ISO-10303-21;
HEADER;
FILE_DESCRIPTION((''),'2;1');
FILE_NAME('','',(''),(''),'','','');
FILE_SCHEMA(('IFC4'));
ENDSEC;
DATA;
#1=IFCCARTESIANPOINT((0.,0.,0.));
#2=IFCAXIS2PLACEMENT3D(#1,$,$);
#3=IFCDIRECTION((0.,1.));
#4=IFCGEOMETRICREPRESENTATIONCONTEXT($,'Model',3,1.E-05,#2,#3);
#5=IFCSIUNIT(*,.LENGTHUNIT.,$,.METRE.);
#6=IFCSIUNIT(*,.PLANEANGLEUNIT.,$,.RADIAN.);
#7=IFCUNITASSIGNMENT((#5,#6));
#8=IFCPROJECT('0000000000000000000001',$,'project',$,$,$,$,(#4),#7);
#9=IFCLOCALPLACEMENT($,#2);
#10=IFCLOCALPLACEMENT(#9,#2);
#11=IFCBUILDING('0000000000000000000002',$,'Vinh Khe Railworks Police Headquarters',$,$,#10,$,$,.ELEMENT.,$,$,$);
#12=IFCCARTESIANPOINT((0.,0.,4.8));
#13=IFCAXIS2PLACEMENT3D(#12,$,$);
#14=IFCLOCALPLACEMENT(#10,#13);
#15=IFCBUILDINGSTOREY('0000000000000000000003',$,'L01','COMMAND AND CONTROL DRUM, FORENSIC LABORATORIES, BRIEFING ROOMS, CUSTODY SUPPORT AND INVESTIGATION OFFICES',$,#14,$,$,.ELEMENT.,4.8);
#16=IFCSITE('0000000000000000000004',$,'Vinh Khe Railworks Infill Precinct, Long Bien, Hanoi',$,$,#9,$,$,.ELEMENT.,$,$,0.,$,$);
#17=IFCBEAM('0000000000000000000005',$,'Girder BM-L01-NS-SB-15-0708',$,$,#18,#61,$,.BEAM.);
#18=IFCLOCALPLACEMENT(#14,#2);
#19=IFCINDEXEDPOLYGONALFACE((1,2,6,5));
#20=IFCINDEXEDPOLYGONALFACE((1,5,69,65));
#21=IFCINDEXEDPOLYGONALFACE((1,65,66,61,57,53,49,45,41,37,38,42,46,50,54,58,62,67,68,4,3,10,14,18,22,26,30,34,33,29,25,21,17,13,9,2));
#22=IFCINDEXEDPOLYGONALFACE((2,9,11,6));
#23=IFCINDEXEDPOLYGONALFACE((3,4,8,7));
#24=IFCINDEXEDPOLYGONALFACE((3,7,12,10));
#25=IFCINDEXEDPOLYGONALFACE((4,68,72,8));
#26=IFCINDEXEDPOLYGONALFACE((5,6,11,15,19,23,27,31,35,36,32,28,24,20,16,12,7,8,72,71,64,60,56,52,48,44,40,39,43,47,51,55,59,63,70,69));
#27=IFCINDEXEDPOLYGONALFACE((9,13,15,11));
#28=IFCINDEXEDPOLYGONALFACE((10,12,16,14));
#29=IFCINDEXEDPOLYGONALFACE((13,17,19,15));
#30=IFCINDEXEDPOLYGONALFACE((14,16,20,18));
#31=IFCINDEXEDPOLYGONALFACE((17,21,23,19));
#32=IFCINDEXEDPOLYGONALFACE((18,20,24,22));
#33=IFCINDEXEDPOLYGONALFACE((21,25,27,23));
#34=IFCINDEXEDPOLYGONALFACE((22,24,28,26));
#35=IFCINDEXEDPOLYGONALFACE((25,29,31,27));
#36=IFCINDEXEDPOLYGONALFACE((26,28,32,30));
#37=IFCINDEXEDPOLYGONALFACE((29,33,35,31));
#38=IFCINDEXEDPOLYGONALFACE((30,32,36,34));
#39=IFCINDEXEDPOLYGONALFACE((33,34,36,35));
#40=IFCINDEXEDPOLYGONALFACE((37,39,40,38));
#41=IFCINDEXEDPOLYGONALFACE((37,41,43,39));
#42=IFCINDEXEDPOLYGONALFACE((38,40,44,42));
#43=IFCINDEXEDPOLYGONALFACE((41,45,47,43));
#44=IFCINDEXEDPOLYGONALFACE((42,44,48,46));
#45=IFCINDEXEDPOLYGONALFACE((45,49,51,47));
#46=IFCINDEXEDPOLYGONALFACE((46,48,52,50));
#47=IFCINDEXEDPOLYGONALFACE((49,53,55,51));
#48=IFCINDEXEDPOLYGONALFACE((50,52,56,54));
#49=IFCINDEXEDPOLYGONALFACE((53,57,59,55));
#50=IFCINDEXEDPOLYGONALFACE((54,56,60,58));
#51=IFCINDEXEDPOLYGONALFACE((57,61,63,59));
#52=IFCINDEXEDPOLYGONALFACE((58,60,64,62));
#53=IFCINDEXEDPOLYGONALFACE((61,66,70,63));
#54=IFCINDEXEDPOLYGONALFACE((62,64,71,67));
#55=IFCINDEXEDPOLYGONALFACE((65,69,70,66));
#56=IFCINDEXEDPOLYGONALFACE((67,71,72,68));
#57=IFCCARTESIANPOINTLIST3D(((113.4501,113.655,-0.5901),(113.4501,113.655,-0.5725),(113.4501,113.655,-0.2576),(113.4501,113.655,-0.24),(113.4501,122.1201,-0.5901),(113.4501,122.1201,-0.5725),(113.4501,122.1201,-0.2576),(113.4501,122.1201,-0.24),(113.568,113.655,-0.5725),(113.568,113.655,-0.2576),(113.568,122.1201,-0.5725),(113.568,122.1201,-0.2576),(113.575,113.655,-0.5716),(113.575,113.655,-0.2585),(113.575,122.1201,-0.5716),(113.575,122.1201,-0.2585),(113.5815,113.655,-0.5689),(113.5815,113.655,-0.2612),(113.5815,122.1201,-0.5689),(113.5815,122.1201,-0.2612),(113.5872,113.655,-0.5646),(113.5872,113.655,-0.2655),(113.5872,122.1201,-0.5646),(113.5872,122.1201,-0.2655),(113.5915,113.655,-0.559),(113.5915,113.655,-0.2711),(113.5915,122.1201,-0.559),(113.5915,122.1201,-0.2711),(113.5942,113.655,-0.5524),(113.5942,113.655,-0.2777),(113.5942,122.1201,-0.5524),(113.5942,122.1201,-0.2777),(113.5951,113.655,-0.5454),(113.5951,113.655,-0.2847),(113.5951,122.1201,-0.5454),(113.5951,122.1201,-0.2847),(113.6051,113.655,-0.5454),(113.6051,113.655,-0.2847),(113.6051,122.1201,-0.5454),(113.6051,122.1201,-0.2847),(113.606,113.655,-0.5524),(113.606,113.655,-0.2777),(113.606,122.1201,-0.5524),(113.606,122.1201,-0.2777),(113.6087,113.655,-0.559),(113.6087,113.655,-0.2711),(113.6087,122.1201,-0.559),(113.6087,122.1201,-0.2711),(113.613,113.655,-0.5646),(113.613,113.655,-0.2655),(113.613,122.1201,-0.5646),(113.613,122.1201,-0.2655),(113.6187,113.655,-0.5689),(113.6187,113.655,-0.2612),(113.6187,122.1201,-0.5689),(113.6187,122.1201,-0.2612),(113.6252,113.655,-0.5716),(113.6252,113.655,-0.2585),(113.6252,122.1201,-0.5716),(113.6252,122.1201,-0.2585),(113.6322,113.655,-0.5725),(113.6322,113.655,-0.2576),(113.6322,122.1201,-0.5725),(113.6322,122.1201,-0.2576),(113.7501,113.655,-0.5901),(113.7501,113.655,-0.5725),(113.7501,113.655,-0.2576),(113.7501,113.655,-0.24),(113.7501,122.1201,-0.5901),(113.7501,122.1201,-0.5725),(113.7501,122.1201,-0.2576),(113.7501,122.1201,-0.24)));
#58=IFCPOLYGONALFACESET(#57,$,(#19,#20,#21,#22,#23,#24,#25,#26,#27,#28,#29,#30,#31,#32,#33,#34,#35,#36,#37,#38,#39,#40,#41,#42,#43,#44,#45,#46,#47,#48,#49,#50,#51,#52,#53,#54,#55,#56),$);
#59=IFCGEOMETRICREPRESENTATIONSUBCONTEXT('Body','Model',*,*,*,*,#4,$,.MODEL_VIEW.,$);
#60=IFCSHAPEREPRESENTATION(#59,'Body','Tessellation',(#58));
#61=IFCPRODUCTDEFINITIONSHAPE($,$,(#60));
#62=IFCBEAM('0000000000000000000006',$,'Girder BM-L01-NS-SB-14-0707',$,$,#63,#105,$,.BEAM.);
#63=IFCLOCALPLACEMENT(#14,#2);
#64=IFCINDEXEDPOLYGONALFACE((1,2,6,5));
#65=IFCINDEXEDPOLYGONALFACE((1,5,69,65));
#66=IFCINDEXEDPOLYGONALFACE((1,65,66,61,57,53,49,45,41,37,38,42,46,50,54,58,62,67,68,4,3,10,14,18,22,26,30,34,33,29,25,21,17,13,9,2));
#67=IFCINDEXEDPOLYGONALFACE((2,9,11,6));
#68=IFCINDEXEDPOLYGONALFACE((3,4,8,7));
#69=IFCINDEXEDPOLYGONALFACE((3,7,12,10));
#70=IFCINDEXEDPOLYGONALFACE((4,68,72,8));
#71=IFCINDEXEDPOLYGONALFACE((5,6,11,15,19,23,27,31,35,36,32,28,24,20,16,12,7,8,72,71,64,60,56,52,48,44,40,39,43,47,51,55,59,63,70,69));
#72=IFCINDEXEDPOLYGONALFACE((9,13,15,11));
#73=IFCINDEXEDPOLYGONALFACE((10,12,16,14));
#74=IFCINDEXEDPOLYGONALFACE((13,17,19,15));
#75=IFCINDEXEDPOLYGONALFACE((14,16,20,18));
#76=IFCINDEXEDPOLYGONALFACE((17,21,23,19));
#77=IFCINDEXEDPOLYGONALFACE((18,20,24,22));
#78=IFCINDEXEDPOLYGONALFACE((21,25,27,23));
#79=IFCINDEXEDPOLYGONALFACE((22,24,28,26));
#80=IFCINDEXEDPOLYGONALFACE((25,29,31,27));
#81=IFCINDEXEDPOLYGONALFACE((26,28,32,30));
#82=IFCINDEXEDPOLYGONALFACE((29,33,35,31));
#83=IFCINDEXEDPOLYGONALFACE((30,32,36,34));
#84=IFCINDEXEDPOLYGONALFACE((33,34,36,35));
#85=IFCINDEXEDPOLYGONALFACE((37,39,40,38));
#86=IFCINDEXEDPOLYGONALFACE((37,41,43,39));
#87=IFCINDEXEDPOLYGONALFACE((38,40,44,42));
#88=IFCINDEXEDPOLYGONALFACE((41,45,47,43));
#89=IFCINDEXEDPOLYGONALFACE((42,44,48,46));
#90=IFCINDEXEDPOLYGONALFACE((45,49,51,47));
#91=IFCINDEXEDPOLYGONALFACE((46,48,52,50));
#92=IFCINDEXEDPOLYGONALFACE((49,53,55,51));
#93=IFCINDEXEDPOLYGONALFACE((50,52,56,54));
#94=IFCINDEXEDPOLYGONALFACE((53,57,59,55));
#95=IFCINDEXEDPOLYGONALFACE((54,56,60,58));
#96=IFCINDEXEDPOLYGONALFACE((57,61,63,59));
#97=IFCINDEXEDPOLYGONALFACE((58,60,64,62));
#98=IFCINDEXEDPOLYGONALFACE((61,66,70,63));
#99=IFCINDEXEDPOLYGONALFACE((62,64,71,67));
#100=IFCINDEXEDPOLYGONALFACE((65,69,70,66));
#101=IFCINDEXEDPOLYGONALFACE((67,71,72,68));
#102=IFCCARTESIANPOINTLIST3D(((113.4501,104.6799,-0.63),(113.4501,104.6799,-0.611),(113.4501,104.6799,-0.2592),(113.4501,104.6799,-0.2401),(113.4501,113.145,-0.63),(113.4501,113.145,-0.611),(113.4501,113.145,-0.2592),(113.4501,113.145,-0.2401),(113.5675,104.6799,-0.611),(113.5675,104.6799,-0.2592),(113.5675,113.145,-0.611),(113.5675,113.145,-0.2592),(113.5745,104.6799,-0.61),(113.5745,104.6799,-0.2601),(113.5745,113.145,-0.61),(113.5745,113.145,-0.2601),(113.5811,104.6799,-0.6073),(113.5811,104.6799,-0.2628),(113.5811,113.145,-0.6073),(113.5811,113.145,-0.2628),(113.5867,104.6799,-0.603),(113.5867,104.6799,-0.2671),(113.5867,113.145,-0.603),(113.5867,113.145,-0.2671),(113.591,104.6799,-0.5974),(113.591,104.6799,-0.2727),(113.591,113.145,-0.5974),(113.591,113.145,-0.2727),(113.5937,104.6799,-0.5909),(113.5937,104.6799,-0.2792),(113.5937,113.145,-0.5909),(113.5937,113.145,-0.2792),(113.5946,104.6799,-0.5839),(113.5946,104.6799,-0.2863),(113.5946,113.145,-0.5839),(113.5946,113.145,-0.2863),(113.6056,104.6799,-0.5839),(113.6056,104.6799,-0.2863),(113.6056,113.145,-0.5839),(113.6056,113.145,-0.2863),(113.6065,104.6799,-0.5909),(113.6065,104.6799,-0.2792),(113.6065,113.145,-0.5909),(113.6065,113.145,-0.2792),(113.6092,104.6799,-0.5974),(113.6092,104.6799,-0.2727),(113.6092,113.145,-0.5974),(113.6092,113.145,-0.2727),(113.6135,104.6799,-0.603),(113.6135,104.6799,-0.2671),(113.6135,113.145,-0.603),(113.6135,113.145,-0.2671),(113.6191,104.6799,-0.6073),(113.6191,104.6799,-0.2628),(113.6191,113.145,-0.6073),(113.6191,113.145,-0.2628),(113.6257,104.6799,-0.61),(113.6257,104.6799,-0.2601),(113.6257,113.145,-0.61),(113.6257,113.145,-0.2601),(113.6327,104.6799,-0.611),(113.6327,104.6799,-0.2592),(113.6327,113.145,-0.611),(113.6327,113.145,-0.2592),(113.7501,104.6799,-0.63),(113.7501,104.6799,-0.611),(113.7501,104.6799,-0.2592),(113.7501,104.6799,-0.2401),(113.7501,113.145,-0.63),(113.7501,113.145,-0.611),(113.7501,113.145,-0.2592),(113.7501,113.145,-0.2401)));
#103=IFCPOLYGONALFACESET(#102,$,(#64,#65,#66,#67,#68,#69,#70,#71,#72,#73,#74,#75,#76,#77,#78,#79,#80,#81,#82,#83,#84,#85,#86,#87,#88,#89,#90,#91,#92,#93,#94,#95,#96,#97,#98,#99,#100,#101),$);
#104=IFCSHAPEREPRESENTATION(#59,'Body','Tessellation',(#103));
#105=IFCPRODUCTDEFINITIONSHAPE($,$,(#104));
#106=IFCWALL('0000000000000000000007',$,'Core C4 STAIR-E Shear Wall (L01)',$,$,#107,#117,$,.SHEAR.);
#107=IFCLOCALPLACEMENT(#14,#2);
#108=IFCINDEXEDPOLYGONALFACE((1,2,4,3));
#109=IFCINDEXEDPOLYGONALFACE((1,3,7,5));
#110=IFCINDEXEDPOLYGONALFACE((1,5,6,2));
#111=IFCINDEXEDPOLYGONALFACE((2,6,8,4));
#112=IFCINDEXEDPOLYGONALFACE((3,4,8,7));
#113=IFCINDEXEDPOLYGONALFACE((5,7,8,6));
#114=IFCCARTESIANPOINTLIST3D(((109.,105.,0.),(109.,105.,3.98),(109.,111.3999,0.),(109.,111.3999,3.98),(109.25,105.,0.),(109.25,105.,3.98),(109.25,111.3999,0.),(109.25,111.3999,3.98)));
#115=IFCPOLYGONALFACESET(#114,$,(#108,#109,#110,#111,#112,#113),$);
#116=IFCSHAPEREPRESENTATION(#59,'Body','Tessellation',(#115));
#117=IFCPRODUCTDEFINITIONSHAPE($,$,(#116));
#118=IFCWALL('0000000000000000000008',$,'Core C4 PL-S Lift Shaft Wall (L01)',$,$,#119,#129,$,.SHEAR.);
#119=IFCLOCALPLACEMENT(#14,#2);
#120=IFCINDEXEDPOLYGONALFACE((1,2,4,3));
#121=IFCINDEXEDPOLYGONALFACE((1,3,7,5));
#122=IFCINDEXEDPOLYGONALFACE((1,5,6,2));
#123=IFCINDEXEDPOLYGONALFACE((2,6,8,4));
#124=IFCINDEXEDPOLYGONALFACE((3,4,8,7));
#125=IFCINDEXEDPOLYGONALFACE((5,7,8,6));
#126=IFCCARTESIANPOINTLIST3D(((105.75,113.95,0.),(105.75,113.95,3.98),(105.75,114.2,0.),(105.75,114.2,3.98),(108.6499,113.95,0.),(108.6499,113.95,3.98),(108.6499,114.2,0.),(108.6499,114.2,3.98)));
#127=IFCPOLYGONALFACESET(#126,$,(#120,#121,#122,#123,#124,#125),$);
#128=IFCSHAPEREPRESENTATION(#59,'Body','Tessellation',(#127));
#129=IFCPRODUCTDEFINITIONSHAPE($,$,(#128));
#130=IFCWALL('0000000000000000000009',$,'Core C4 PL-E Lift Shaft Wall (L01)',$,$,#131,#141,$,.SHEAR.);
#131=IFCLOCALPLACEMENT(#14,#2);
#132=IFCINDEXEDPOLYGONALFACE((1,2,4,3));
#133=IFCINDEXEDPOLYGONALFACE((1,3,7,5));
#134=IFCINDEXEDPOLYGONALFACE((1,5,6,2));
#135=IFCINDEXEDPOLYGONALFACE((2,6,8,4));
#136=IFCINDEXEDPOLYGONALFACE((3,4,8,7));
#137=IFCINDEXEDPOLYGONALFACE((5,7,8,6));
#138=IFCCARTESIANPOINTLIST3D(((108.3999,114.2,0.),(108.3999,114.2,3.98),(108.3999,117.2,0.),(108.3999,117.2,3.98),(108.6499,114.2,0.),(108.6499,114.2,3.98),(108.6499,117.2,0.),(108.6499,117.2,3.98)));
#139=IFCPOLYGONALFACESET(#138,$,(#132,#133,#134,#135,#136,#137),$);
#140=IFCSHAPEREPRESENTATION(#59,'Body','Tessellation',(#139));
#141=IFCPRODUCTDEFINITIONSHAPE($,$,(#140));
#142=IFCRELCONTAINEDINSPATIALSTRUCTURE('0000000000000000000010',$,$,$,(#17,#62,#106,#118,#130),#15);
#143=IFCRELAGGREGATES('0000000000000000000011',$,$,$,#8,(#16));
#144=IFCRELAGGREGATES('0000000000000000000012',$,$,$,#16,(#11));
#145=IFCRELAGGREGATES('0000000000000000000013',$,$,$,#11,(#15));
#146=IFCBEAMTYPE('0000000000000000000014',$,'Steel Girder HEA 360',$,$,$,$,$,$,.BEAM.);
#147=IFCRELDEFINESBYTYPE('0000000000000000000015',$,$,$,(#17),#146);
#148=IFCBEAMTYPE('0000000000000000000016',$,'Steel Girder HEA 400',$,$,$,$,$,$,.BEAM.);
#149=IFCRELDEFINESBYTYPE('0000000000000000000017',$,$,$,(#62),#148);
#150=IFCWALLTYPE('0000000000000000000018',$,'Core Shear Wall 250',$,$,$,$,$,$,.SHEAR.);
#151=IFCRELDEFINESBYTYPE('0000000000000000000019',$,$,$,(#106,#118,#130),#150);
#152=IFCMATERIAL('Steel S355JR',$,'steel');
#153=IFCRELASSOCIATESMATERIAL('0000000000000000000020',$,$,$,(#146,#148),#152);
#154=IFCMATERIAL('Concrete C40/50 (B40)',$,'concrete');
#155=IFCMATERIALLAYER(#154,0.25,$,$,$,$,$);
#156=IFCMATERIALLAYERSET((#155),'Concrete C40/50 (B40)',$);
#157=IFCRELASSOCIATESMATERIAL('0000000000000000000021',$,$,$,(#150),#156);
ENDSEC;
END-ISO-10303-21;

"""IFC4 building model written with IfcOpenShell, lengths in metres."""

from ifc_helpers import new_model, si_unit, direction, frame, frame_2d, origin, origin_2d, place, context, subcontext, project, spatial, rectangle, i_section, extrude, material, layer, layer_set, material_profile, profile_set, type_object, element, save


model = new_model("IFC4")

# Units and contexts
model_context = context("Model", 3, precision=1e-05, world=origin(), true_north=direction((0.0, 1.0)))
body_context = subcontext(model_context, "Body", "Model", "MODEL_VIEW")
ifc_project = project(units=[si_unit("LENGTHUNIT", "METRE"), si_unit("PLANEANGLEUNIT", "RADIAN")], contexts=[model_context])

# Site, building, storey
site_placement = place(None, origin())
site = spatial("IfcSite", under=ifc_project, at=site_placement, Name="Vinh Khe Railworks Infill Precinct, Long Bien, Hanoi", CompositionType="ELEMENT", RefElevation=0.0)
building_placement = place(site_placement, origin())
building = spatial("IfcBuilding", under=site, at=building_placement, Name="Vinh Khe Railworks Police Headquarters", CompositionType="ELEMENT")
storey_placement = place(building_placement, frame((0.0, 0.0, 4.8)))
storey = spatial("IfcBuildingStorey", under=building, at=storey_placement, Name="L01", Description="COMMAND AND CONTROL DRUM, FORENSIC LABORATORIES, BRIEFING ROOMS, CUSTODY SUPPORT AND INVESTIGATION OFFICES", CompositionType="ELEMENT", Elevation=4.8)

# Shared definitions
ifc_material_1 = material(Name="Steel S355JR", Category="steel")

# Beams
ifc_material_profile_1 = material_profile(ifc_material_1, i_section(OverallWidth=0.3, OverallDepth=0.3501, WebThickness=0.01, FlangeThickness=0.0176, FilletRadius=0.0271, at=origin_2d()), Name="HEA 360")
ifc_profile_set_1 = profile_set([ifc_material_profile_1], Name="Steel S355JR")
beam_type_1 = type_object("IfcBeamType", Name="Steel Girder HEA 360", PredefinedType="BEAM", material=ifc_profile_set_1)
beam_1_placement = place(storey_placement, frame((113.6001, 113.655, -0.415), z_axis=(0.0, 1.0, 0.0), x_axis=(-1.0, 0.0, 0.0)))
element("IfcBeam", 1, at=beam_1_placement, inside=storey, type_object=beam_type_1, Name="Girder BM-L01-NS-SB-15-0708", PredefinedType="BEAM", context=body_context, shape_type="SweptSolid", body=[
    extrude(i_section(OverallWidth=0.3, OverallDepth=0.3501, WebThickness=0.01, FlangeThickness=0.0176, FilletRadius=0.0271, at=origin_2d()), origin(), (0.0, 0.0, 1.0), 8.4651),
])
ifc_material_profile_2 = material_profile(ifc_material_1, i_section(OverallWidth=0.3, OverallDepth=0.3899, WebThickness=0.011, FlangeThickness=0.019, FilletRadius=0.0271, at=origin_2d()), Name="HEA 400")
ifc_profile_set_2 = profile_set([ifc_material_profile_2], Name="Steel S355JR")
beam_type_2 = type_object("IfcBeamType", Name="Steel Girder HEA 400", PredefinedType="BEAM", material=ifc_profile_set_2)
beam_2_placement = place(storey_placement, frame((113.6001, 104.6799, -0.4351), z_axis=(0.0, 1.0, 0.0), x_axis=(-1.0, 0.0, 0.0)))
element("IfcBeam", 2, at=beam_2_placement, inside=storey, type_object=beam_type_2, Name="Girder BM-L01-NS-SB-14-0707", PredefinedType="BEAM", context=body_context, shape_type="SweptSolid", body=[
    extrude(i_section(OverallWidth=0.3, OverallDepth=0.3899, WebThickness=0.011, FlangeThickness=0.019, FilletRadius=0.0271, at=origin_2d()), origin(), (0.0, 0.0, 1.0), 8.4651),
])

# Shared definitions
ifc_material_2 = material(Name="Concrete C40/50 (B40)", Category="concrete")
ifc_layer_1 = layer(ifc_material_2, 0.25)
ifc_layer_set_1 = layer_set([ifc_layer_1], Name="Concrete C40/50 (B40)")
wall_type_1 = type_object("IfcWallType", Name="Core Shear Wall 250", PredefinedType="SHEAR", material=ifc_layer_set_1)

# Walls
wall_1_placement = place(storey_placement, frame((109.125, 105.0, 0.0), z_axis=(0.0, 0.0, 1.0), x_axis=(0.0, 1.0, 0.0)))
element("IfcWall", 3, at=wall_1_placement, inside=storey, type_object=wall_type_1, Name="Core C4 STAIR-E Shear Wall (L01)", PredefinedType="SHEAR", context=body_context, shape_type="SweptSolid", body=[
    extrude(rectangle(XDim=6.3999, YDim=0.25, at=frame_2d((3.2, 0.0))), origin(), (0.0, 0.0, 1.0), 3.98),
])
wall_2_placement = place(storey_placement, frame((105.75, 114.075, 0.0), z_axis=(0.0, 0.0, 1.0), x_axis=(1.0, 0.0, 0.0)))
element("IfcWall", 4, at=wall_2_placement, inside=storey, type_object=wall_type_1, Name="Core C4 PL-S Lift Shaft Wall (L01)", PredefinedType="SHEAR", context=body_context, shape_type="SweptSolid", body=[
    extrude(rectangle(XDim=2.8999, YDim=0.25, at=frame_2d((1.45, 0.0))), origin(), (0.0, 0.0, 1.0), 3.98),
])

# Wall
wall_3_placement = place(storey_placement, frame((108.5249, 114.2, 0.0), z_axis=(0.0, 0.0, 1.0), x_axis=(0.0, 1.0, 0.0)))
element("IfcWall", 5, at=wall_3_placement, inside=storey, type_object=wall_type_1, Name="Core C4 PL-E Lift Shaft Wall (L01)", PredefinedType="SHEAR", context=body_context, shape_type="SweptSolid", body=[
    extrude(rectangle(XDim=3.0, YDim=0.25, at=frame_2d((1.5, 0.0))), origin(), (0.0, 0.0, 1.0), 3.98),
])

save(model, "model.ifc")
